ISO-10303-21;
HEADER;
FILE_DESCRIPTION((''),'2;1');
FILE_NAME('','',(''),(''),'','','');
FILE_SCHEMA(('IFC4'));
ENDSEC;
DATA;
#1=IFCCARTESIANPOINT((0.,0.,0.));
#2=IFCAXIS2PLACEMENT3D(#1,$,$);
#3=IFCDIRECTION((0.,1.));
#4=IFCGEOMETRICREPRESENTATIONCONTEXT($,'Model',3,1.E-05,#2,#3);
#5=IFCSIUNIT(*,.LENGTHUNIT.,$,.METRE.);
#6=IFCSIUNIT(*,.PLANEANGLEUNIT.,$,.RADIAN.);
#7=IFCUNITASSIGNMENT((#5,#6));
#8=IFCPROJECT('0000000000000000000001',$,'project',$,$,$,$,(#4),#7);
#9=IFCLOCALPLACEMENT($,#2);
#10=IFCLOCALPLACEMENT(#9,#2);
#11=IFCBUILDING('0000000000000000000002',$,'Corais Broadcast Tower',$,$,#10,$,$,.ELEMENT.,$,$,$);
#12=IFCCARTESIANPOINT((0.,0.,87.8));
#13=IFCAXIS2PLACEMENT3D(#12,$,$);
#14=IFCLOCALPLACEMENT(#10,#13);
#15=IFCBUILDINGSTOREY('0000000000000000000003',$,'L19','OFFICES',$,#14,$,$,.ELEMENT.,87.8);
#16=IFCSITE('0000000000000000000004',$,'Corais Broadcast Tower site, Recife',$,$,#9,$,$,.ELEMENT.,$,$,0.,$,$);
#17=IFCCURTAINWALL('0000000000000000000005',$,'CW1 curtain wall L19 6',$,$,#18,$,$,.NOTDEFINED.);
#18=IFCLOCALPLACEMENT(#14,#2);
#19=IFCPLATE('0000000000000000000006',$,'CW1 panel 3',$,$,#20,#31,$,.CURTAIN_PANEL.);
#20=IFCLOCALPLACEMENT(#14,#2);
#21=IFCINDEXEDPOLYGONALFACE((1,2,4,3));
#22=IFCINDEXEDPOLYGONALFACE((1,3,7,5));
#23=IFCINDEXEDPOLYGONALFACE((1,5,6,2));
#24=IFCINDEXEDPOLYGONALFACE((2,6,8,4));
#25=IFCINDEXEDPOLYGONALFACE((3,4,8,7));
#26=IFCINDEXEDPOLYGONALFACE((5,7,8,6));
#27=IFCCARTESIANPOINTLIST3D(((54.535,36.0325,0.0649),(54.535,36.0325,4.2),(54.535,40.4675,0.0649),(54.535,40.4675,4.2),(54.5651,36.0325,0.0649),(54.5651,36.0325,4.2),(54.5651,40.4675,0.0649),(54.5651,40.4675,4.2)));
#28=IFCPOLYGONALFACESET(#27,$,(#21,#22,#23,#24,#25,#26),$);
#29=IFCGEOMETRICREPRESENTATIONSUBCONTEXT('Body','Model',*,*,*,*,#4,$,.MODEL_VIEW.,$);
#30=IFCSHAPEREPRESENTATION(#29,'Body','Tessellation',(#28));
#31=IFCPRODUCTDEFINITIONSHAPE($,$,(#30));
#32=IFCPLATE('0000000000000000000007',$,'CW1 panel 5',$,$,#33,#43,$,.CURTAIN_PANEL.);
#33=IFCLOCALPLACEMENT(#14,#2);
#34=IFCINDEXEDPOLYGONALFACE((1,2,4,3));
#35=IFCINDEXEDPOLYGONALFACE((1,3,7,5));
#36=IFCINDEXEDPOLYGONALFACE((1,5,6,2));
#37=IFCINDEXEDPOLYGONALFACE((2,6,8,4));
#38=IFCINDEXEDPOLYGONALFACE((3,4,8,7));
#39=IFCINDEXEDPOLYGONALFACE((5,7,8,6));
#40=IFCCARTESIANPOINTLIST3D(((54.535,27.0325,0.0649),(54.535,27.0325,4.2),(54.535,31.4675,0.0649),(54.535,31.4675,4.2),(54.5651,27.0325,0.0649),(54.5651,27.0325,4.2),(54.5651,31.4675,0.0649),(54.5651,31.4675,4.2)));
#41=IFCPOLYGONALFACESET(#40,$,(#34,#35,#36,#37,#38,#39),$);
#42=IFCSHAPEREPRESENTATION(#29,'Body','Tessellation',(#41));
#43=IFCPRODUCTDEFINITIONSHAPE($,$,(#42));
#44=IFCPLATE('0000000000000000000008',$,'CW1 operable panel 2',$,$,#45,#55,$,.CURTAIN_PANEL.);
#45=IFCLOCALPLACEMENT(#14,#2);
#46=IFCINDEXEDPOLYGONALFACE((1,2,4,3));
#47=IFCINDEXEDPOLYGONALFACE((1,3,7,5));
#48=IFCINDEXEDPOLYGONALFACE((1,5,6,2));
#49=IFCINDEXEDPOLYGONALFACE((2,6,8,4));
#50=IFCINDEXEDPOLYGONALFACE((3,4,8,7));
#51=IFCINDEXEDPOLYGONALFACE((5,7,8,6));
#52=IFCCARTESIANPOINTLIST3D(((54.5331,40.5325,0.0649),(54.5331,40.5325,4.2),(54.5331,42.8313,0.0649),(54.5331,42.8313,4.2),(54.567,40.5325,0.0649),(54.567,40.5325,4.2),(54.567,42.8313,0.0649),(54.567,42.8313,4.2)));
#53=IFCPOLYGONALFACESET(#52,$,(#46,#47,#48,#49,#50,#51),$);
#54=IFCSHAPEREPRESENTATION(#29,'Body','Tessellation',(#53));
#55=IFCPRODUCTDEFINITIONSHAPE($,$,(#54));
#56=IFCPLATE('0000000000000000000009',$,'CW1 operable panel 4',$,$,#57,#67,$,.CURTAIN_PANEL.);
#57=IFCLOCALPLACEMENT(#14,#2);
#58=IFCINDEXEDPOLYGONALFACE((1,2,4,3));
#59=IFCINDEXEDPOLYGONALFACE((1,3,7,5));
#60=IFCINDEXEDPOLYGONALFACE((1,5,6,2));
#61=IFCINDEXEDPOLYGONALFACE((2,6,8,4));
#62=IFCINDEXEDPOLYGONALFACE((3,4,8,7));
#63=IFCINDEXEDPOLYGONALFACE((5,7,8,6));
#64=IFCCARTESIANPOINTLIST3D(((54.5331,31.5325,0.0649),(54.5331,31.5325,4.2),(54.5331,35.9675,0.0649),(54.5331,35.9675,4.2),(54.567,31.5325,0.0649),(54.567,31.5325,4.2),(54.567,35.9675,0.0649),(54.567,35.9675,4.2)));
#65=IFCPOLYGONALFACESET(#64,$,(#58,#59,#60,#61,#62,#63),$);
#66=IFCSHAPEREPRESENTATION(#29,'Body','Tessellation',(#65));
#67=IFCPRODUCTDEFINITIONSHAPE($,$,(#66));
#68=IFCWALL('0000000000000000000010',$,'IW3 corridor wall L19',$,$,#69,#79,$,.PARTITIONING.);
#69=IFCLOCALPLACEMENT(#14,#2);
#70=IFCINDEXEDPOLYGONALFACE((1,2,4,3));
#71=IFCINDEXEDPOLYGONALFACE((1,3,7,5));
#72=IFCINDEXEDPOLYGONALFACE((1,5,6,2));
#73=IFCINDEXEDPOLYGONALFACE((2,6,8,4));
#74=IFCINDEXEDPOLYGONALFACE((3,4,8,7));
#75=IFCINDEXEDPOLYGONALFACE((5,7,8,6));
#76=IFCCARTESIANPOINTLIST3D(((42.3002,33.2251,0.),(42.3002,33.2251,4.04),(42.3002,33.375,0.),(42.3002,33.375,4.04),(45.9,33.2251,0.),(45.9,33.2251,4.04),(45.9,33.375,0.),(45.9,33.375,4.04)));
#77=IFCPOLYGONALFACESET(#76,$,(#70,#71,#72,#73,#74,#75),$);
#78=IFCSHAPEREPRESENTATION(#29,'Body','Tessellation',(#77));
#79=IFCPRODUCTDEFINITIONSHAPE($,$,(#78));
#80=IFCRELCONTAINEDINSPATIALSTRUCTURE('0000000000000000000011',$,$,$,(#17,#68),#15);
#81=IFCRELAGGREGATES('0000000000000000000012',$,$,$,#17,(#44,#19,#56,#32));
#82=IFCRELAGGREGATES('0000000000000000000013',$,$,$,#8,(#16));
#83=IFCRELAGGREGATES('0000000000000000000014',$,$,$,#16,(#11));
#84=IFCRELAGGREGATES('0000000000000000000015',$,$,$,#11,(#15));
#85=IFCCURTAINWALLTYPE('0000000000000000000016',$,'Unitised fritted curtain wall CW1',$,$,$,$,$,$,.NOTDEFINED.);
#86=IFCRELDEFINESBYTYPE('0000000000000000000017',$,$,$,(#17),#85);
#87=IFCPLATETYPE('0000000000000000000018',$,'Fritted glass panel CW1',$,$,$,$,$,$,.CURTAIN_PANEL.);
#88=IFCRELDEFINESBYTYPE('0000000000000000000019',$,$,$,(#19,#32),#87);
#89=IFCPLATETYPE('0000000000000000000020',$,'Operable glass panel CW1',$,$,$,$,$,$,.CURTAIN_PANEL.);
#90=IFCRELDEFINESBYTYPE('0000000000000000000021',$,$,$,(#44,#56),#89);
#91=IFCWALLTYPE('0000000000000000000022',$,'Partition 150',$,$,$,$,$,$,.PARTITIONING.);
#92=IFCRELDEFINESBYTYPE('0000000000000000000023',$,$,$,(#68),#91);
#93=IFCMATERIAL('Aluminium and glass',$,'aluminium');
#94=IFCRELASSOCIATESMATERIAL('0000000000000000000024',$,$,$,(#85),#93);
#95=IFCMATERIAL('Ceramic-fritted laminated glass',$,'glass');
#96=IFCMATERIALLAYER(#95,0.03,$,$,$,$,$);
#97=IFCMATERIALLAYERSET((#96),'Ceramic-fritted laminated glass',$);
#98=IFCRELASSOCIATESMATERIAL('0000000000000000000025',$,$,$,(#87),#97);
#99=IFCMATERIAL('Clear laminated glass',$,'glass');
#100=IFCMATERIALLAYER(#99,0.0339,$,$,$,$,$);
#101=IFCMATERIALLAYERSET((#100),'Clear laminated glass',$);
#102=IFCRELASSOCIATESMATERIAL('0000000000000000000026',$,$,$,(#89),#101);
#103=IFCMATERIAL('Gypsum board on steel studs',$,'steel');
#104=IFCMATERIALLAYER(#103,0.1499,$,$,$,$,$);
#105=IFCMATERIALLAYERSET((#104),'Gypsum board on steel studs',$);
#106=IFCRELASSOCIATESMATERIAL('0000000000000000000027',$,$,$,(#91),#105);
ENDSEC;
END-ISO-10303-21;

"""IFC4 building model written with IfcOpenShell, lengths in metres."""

from ifc_helpers import new_model, si_unit, direction, frame, frame_2d, origin, origin_2d, place, context, subcontext, project, spatial, rectangle, extrude, material, layer, layer_set, type_object, element, aggregate, save


model = new_model("IFC4")

# Units and contexts
model_context = context("Model", 3, precision=1e-05, world=origin(), true_north=direction((0.0, 1.0)))
body_context = subcontext(model_context, "Body", "Model", "MODEL_VIEW")
ifc_project = project(units=[si_unit("LENGTHUNIT", "METRE"), si_unit("PLANEANGLEUNIT", "RADIAN")], contexts=[model_context])

# Site, building, storey
site_placement = place(None, origin())
site = spatial("IfcSite", under=ifc_project, at=site_placement, Name="Corais Broadcast Tower site, Recife", CompositionType="ELEMENT", RefElevation=0.0)
building_placement = place(site_placement, origin())
building = spatial("IfcBuilding", under=site, at=building_placement, Name="Corais Broadcast Tower", CompositionType="ELEMENT")
storey_placement = place(building_placement, frame((0.0, 0.0, 87.8)))
storey = spatial("IfcBuildingStorey", under=building, at=storey_placement, Name="L19", Description="OFFICES", CompositionType="ELEMENT", Elevation=87.8)

# Curtain wall
ifc_material_1 = material(Name="Aluminium and glass", Category="aluminium")
curtain_wall_type = type_object("IfcCurtainWallType", Name="Unitised fritted curtain wall CW1", PredefinedType="NOTDEFINED", material=ifc_material_1)
curtain_wall_placement = place(storey_placement, origin())
curtain_wall = element("IfcCurtainWall", 1, at=curtain_wall_placement, inside=storey, type_object=curtain_wall_type, Name="CW1 curtain wall L19 6", PredefinedType="NOTDEFINED")

# Plates
ifc_material_2 = material(Name="Ceramic-fritted laminated glass", Category="glass")
ifc_layer_1 = layer(ifc_material_2, 0.03)
ifc_layer_set_1 = layer_set([ifc_layer_1], Name="Ceramic-fritted laminated glass")
plate_type_1 = type_object("IfcPlateType", Name="Fritted glass panel CW1", PredefinedType="CURTAIN_PANEL", material=ifc_layer_set_1)
plate_1_placement = place(storey_placement, frame((54.55, 38.25, 0.0649), z_axis=(0.0, 0.0, 1.0), x_axis=(0.0, -1.0, 0.0)))
plate_1 = element("IfcPlate", 2, at=plate_1_placement, type_object=plate_type_1, Name="CW1 panel 3", PredefinedType="CURTAIN_PANEL", context=body_context, shape_type="SweptSolid", body=[
    extrude(rectangle(XDim=4.4351, YDim=0.03, at=origin_2d()), origin(), (0.0, 0.0, 1.0), 4.135),
])
plate_2_placement = place(storey_placement, frame((54.55, 29.25, 0.0649), z_axis=(0.0, 0.0, 1.0), x_axis=(0.0, -1.0, 0.0)))
plate_2 = element("IfcPlate", 3, at=plate_2_placement, type_object=plate_type_1, Name="CW1 panel 5", PredefinedType="CURTAIN_PANEL", context=body_context, shape_type="SweptSolid", body=[
    extrude(rectangle(XDim=4.4351, YDim=0.03, at=origin_2d()), origin(), (0.0, 0.0, 1.0), 4.135),
])
ifc_material_3 = material(Name="Clear laminated glass", Category="glass")
ifc_layer_2 = layer(ifc_material_3, 0.0339)
ifc_layer_set_2 = layer_set([ifc_layer_2], Name="Clear laminated glass")
plate_type_2 = type_object("IfcPlateType", Name="Operable glass panel CW1", PredefinedType="CURTAIN_PANEL", material=ifc_layer_set_2)
plate_3_placement = place(storey_placement, frame((54.55, 41.6819, 0.0649), z_axis=(0.0, 0.0, 1.0), x_axis=(0.0, -1.0, 0.0)))
plate_3 = element("IfcPlate", 4, at=plate_3_placement, type_object=plate_type_2, Name="CW1 operable panel 2", PredefinedType="CURTAIN_PANEL", context=body_context, shape_type="SweptSolid", body=[
    extrude(rectangle(XDim=2.2988, YDim=0.0339, at=origin_2d()), origin(), (0.0, 0.0, 1.0), 4.135),
])
plate_4_placement = place(storey_placement, frame((54.55, 33.75, 0.0649), z_axis=(0.0, 0.0, 1.0), x_axis=(0.0, -1.0, 0.0)))
plate_4 = element("IfcPlate", 5, at=plate_4_placement, type_object=plate_type_2, Name="CW1 operable panel 4", PredefinedType="CURTAIN_PANEL", context=body_context, shape_type="SweptSolid", body=[
    extrude(rectangle(XDim=4.4351, YDim=0.0339, at=origin_2d()), origin(), (0.0, 0.0, 1.0), 4.135),
])
aggregate(curtain_wall, [plate_3, plate_1, plate_4, plate_2])

# Wall
ifc_material_4 = material(Name="Gypsum board on steel studs", Category="steel")
ifc_layer_3 = layer(ifc_material_4, 0.1499)
ifc_layer_set_3 = layer_set([ifc_layer_3], Name="Gypsum board on steel studs")
wall_type = type_object("IfcWallType", Name="Partition 150", PredefinedType="PARTITIONING", material=ifc_layer_set_3)
wall_placement = place(storey_placement, frame((45.8999, 33.3, 0.0), z_axis=(0.0, 0.0, 1.0), x_axis=(-1.0, 0.0, 0.0)))
element("IfcWall", 6, at=wall_placement, inside=storey, type_object=wall_type, Name="IW3 corridor wall L19", PredefinedType="PARTITIONING", context=body_context, shape_type="SweptSolid", body=[
    extrude(rectangle(XDim=3.5999, YDim=0.1499, at=frame_2d((1.7998, 0.0))), origin(), (0.0, 0.0, 1.0), 4.04),
])

save(model, "model.ifc")
